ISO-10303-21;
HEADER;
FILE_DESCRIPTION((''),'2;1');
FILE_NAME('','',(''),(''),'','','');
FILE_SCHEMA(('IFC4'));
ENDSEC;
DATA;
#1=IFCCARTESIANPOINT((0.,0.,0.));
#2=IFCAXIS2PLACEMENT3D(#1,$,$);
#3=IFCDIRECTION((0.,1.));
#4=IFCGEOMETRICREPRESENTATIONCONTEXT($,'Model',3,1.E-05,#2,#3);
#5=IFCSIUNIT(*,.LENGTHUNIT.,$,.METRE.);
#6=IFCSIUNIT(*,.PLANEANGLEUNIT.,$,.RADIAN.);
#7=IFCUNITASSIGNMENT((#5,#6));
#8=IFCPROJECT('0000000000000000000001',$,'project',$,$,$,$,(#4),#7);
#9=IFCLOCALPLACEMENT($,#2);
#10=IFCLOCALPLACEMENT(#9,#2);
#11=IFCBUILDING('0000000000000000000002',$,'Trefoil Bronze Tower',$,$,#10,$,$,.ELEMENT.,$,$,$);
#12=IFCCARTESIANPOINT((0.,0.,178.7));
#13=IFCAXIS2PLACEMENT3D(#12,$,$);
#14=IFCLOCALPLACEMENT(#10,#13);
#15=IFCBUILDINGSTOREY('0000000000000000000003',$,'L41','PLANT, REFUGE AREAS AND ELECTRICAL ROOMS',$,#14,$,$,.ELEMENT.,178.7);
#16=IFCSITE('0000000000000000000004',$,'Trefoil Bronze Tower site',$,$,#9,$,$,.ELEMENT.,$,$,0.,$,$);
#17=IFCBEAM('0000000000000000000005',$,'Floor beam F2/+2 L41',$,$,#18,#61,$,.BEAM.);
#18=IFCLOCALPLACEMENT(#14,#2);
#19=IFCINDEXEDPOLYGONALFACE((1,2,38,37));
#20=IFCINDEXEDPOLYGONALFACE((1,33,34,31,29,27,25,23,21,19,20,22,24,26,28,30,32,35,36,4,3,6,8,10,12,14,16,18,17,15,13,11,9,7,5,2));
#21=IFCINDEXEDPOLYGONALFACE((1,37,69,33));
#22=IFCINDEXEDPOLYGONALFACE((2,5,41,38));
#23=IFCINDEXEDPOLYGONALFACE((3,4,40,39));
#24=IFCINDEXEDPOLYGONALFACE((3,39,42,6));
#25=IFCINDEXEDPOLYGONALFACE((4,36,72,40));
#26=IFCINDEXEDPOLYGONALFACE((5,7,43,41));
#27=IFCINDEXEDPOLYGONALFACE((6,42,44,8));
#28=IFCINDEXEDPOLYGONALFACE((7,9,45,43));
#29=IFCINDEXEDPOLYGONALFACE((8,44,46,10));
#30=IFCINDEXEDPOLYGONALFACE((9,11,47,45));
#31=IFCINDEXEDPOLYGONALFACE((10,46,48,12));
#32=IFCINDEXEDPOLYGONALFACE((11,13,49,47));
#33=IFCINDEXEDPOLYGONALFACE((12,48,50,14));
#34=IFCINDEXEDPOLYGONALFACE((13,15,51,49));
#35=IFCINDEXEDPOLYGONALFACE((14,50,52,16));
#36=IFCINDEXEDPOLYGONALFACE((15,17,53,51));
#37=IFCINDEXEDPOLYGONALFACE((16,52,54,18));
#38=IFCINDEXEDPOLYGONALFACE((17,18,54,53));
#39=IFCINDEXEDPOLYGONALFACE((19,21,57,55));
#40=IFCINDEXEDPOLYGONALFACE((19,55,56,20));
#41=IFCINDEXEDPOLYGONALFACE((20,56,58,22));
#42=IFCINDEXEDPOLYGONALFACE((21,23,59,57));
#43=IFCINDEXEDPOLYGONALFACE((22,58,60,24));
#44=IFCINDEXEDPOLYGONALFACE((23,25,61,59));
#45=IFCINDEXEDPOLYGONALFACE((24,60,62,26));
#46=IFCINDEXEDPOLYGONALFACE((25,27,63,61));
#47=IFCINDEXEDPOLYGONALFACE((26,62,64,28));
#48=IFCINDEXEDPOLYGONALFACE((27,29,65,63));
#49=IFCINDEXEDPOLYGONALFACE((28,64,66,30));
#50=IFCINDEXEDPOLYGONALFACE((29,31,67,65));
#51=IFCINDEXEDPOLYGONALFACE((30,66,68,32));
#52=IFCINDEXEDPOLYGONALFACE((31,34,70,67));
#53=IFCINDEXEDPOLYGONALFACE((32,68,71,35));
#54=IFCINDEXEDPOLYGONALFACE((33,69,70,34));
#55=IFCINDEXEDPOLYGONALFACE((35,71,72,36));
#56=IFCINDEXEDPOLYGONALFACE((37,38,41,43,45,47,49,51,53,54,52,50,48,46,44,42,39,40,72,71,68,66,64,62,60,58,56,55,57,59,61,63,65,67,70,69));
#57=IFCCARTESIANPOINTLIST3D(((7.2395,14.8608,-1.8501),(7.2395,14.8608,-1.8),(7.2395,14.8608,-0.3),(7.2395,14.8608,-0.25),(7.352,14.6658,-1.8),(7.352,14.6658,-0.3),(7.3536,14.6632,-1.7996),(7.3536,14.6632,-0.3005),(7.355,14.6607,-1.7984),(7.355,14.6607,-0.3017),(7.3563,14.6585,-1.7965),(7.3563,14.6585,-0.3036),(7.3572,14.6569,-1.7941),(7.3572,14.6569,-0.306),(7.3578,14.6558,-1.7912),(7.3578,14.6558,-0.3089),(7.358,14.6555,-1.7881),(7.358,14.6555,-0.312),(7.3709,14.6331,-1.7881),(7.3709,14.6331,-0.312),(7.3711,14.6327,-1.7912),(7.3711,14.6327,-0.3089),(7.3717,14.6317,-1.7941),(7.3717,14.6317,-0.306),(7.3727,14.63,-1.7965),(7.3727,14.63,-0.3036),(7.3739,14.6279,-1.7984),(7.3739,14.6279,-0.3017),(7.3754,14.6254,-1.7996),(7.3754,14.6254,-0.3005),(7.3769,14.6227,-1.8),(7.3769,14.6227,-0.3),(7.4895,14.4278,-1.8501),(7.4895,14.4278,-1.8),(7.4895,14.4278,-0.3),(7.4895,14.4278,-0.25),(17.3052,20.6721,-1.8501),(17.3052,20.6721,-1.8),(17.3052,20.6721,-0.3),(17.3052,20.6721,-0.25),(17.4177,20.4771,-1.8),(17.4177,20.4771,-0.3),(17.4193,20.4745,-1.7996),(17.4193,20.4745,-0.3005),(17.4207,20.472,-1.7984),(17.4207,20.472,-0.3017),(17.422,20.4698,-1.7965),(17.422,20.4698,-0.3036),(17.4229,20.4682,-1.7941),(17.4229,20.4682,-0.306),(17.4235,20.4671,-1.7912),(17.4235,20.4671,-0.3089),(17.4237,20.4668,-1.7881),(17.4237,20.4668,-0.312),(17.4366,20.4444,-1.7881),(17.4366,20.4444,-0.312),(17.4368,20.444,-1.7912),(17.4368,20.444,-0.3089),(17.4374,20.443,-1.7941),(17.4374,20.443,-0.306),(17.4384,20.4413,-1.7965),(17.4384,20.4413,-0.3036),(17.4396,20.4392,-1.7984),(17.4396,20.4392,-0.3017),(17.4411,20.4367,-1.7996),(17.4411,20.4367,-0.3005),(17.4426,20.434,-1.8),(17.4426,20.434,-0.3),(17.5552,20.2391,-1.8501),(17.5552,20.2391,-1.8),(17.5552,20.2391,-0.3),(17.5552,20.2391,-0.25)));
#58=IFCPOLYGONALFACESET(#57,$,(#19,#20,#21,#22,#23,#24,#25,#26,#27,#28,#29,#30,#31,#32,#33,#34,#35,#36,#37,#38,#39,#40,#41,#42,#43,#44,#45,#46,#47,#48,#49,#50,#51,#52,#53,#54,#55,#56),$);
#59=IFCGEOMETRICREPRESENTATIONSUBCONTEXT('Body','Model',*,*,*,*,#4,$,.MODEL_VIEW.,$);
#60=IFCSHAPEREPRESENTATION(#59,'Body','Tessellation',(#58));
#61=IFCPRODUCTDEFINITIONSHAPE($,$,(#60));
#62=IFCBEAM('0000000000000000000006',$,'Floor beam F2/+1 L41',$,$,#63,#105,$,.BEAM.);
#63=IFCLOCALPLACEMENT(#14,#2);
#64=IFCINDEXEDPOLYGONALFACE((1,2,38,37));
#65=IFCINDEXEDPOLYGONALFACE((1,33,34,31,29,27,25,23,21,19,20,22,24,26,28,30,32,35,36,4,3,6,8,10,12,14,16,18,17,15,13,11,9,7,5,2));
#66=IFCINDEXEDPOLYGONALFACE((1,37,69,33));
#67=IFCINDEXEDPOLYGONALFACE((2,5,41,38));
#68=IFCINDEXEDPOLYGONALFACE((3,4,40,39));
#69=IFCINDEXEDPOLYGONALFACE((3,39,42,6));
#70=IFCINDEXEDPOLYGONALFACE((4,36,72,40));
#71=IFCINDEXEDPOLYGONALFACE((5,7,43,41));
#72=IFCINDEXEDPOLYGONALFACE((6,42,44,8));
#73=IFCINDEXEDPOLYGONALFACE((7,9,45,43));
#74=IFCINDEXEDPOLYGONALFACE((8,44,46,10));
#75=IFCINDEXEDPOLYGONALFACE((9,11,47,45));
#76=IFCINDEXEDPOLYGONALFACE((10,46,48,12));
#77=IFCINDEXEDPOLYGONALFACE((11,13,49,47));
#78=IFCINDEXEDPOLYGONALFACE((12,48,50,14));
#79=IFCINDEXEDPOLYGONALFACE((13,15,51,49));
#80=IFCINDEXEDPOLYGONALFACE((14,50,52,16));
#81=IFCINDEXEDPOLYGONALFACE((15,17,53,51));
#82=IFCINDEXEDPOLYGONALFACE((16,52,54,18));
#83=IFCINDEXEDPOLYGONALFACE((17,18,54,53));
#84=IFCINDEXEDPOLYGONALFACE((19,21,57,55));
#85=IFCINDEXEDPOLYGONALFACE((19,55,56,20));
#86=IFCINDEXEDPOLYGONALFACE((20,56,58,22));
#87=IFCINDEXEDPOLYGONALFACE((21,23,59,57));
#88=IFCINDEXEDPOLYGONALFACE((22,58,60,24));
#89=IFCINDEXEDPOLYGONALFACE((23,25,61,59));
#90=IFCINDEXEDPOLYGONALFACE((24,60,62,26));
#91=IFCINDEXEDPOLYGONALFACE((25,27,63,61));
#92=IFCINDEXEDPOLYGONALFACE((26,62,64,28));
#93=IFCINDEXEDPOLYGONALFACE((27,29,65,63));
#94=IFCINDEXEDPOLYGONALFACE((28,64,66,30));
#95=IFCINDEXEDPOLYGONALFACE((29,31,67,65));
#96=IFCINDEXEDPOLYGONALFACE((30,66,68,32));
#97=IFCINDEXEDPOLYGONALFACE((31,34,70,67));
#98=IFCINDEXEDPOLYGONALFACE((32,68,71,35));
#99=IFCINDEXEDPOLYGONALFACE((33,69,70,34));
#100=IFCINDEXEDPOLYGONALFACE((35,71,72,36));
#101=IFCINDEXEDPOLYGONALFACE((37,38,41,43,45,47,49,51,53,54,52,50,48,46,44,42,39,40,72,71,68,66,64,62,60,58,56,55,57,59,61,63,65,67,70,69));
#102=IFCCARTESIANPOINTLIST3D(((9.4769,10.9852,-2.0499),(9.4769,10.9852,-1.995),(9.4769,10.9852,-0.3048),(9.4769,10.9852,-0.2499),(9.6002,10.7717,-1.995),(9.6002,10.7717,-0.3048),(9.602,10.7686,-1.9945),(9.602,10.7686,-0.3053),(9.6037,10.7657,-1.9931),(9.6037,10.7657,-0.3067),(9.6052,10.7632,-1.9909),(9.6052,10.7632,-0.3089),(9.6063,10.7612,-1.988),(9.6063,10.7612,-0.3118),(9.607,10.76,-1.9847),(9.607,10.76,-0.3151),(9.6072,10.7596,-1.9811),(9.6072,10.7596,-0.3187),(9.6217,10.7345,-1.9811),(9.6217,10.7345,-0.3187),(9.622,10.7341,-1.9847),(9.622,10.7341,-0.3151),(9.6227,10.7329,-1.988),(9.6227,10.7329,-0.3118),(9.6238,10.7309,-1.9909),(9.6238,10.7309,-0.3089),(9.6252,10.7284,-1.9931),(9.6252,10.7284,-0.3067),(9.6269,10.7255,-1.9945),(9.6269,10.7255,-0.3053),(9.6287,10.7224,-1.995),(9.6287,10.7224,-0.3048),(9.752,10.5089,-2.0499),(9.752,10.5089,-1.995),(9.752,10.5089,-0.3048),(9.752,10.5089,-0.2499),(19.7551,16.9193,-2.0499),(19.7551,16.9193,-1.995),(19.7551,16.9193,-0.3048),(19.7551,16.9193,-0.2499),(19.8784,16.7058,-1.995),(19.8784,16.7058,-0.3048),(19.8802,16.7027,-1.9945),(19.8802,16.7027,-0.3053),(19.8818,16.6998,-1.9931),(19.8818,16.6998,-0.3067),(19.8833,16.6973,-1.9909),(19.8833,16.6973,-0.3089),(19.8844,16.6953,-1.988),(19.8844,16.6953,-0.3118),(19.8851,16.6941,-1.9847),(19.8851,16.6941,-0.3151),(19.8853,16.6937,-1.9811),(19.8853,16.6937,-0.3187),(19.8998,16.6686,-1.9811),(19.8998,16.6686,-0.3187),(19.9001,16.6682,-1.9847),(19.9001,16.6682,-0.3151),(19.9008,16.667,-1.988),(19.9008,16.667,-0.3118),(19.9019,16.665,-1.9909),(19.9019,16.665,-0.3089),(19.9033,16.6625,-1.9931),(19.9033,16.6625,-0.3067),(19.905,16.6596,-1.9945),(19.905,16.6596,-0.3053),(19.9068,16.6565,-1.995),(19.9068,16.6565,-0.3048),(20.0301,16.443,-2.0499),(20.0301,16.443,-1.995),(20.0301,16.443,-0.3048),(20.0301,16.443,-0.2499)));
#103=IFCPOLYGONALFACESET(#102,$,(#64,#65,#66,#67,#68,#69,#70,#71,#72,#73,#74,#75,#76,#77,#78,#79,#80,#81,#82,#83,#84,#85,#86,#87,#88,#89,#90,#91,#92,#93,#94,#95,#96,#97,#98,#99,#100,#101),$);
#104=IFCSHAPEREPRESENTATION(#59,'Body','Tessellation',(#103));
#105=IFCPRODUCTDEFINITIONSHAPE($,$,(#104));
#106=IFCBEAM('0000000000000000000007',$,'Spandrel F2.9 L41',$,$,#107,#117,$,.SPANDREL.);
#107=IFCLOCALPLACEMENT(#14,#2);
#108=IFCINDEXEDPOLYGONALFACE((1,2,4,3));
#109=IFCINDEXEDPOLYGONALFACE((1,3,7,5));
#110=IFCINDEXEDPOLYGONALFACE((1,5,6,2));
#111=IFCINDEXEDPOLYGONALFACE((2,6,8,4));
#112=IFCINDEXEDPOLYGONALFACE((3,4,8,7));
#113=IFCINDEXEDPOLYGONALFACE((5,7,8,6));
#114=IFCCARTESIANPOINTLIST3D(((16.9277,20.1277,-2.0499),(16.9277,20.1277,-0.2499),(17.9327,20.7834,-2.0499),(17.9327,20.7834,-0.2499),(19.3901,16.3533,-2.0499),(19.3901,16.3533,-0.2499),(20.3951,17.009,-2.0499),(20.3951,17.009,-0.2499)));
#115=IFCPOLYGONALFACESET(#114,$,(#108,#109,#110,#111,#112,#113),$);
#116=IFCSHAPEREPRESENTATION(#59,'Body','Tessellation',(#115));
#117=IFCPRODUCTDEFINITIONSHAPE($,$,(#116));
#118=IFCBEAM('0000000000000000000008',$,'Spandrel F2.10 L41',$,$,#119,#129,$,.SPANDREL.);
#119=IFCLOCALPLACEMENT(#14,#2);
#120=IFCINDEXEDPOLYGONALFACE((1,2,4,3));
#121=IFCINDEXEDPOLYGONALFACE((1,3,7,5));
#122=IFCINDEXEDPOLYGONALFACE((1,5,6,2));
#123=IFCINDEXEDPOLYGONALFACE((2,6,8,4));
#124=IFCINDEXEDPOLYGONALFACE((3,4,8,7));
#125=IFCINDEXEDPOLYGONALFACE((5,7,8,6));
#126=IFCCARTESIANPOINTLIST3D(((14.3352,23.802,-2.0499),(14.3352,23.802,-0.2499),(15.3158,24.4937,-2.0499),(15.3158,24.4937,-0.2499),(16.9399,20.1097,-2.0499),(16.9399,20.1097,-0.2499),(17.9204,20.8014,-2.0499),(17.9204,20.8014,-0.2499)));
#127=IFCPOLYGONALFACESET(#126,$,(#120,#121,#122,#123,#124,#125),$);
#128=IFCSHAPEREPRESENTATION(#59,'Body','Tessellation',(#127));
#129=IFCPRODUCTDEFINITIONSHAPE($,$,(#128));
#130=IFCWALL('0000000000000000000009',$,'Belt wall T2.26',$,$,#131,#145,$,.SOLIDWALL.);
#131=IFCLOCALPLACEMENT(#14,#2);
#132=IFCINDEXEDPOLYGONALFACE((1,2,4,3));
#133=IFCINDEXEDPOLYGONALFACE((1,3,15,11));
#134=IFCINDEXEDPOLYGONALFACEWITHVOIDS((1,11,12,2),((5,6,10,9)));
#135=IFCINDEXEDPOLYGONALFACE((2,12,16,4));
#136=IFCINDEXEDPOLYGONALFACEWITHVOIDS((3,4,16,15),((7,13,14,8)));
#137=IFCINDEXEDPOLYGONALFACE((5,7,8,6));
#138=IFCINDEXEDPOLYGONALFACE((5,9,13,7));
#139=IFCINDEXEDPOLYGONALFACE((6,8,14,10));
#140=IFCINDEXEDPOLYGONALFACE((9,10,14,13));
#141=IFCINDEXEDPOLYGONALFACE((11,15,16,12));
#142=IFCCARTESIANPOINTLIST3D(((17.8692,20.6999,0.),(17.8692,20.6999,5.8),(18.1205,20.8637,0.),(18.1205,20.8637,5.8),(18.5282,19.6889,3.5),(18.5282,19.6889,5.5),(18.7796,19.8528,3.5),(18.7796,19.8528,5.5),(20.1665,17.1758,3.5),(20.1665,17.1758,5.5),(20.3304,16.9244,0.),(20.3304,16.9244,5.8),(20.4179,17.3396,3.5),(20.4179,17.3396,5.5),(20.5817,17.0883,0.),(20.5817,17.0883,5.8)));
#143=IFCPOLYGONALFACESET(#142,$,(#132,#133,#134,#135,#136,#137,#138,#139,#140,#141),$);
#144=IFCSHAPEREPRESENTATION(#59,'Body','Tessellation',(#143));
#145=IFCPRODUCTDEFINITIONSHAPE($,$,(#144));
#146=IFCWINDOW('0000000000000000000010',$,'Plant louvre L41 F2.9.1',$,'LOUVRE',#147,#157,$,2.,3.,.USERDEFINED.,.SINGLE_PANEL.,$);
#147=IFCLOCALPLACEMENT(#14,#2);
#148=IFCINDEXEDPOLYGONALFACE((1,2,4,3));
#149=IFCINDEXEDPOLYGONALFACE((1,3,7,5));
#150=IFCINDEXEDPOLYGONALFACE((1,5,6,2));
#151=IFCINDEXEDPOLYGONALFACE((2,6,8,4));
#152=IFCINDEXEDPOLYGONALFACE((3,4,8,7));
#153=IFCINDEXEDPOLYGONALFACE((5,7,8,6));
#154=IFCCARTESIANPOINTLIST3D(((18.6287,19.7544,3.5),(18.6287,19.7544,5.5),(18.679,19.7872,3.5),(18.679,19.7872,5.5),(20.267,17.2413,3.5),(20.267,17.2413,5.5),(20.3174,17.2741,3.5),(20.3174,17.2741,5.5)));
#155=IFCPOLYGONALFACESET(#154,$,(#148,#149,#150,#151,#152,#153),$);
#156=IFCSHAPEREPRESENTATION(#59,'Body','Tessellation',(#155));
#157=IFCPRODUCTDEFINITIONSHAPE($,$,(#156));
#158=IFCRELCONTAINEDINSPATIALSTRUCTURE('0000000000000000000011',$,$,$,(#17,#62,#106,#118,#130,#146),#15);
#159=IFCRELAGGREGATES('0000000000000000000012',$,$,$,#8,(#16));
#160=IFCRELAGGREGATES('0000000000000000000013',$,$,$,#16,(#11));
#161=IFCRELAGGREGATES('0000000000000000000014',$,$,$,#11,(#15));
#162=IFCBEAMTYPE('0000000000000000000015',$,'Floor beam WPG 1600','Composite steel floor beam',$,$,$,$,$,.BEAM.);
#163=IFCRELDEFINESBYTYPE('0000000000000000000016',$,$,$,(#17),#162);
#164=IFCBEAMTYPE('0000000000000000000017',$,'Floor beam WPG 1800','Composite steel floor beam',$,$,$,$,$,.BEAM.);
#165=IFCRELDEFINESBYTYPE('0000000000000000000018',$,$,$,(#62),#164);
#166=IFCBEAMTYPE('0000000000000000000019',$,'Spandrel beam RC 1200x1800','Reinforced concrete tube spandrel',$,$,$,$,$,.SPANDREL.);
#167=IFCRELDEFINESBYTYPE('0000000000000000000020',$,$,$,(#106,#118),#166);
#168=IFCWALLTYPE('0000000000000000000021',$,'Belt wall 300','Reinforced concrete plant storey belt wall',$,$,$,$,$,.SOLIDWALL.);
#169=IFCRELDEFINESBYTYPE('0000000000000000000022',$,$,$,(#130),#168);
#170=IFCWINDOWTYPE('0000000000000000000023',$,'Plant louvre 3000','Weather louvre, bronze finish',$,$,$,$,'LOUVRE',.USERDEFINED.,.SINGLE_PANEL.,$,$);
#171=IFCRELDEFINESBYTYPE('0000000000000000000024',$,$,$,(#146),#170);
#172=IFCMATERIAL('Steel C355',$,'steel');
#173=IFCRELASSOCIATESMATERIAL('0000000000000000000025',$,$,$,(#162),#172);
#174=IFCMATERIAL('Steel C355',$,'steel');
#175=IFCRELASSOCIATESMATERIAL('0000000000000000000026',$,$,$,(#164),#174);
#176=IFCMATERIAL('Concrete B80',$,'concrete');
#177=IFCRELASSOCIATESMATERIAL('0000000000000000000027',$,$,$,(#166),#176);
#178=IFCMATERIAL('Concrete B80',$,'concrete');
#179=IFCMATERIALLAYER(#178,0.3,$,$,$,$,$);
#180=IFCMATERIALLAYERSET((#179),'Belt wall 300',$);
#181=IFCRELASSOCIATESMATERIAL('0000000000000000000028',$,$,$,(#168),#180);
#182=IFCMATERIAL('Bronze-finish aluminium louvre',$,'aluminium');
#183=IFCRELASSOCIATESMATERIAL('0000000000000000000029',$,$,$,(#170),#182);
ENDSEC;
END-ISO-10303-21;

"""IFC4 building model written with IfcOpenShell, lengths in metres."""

from ifc_helpers import new_model, si_unit, direction, frame, frame_2d, origin, origin_2d, place, context, subcontext, project, spatial, rectangle, i_section, extrude, material, layer, layer_set, material_profile, profile_set, type_object, element, fill, save


model = new_model("IFC4")

# Units and contexts
model_context = context("Model", 3, precision=1e-05, world=origin(), true_north=direction((0.0, 1.0)))
body_context = subcontext(model_context, "Body", "Model", "MODEL_VIEW")
ifc_project = project(units=[si_unit("LENGTHUNIT", "METRE"), si_unit("PLANEANGLEUNIT", "RADIAN")], contexts=[model_context])

# Site, building, storey
site_placement = place(None, origin())
site = spatial("IfcSite", under=ifc_project, at=site_placement, Name="Trefoil Bronze Tower site", CompositionType="ELEMENT", RefElevation=0.0)
building_placement = place(site_placement, origin())
building = spatial("IfcBuilding", under=site, at=building_placement, Name="Trefoil Bronze Tower", CompositionType="ELEMENT")
storey_placement = place(building_placement, frame((0.0, 0.0, 178.7)))
storey = spatial("IfcBuildingStorey", under=building, at=storey_placement, Name="L41", Description="PLANT, REFUGE AREAS AND ELECTRICAL ROOMS", CompositionType="ELEMENT", Elevation=178.7)

# Beams
ifc_material_1 = material(Name="Steel C355", Category="steel")
ifc_material_profile_1 = material_profile(ifc_material_1, i_section(OverallWidth=0.5, OverallDepth=1.6001, WebThickness=0.0259, FlangeThickness=0.05, FilletRadius=0.012, at=origin_2d()), Name="WPG 1600")
ifc_profile_set_1 = profile_set([ifc_material_profile_1], Name="Steel C355")
beam_type_1 = type_object("IfcBeamType", Name="Floor beam WPG 1600", Description="Composite steel floor beam", PredefinedType="BEAM", material=ifc_profile_set_1)
beam_1_placement = place(storey_placement, frame((17.4302, 20.4556, -1.05), z_axis=(-0.866031, -0.499991, 0.0), x_axis=(0.499991, -0.866031, 0.0)))
element("IfcBeam", 1, at=beam_1_placement, inside=storey, type_object=beam_type_1, Name="Floor beam F2/+2 L41", PredefinedType="BEAM", context=body_context, shape_type="SweptSolid", body=[
    extrude(i_section(OverallWidth=0.5, OverallDepth=1.6001, WebThickness=0.0259, FlangeThickness=0.05, FilletRadius=0.012, at=origin_2d()), origin(), (0.0, 0.0, 1.0), 11.6228),
])
ifc_material_2 = material(Name="Steel C355", Category="steel")
ifc_material_profile_2 = material_profile(ifc_material_2, i_section(OverallWidth=0.55, OverallDepth=1.8, WebThickness=0.0291, FlangeThickness=0.0549, FilletRadius=0.0139, at=origin_2d()), Name="WPG 1800")
ifc_profile_set_2 = profile_set([ifc_material_profile_2], Name="Steel C355")
beam_type_2 = type_object("IfcBeamType", Name="Floor beam WPG 1800", Description="Composite steel floor beam", PredefinedType="BEAM", material=ifc_profile_set_2)
beam_2_placement = place(storey_placement, frame((19.8926, 16.6812, -1.1499), z_axis=(-0.866024, -0.500002, 0.0), x_axis=(0.500002, -0.866024, 0.0)))
element("IfcBeam", 2, at=beam_2_placement, inside=storey, type_object=beam_type_2, Name="Floor beam F2/+1 L41", PredefinedType="BEAM", context=body_context, shape_type="SweptSolid", body=[
    extrude(i_section(OverallWidth=0.55, OverallDepth=1.8, WebThickness=0.0291, FlangeThickness=0.0549, FilletRadius=0.0139, at=origin_2d()), origin(), (0.0, 0.0, 1.0), 11.8682),
])
ifc_material_3 = material(Name="Concrete B80", Category="concrete")
ifc_material_profile_3 = material_profile(ifc_material_3, rectangle(XDim=1.2, YDim=1.8, at=origin_2d()), Name="RC 1200x1800")
ifc_profile_set_3 = profile_set([ifc_material_profile_3], Name="Concrete B80")
beam_type_3 = type_object("IfcBeamType", Name="Spandrel beam RC 1200x1800", Description="Reinforced concrete tube spandrel", PredefinedType="SPANDREL", material=ifc_profile_set_3)
beam_3_placement = place(storey_placement, frame((19.8926, 16.6812, -1.1499), z_axis=(-0.546397, 0.837527, 0.0), x_axis=(-0.837527, -0.546397, 0.0)))
element("IfcBeam", 3, at=beam_3_placement, inside=storey, type_object=beam_type_3, Name="Spandrel F2.9 L41", PredefinedType="SPANDREL", context=body_context, shape_type="SweptSolid", body=[
    extrude(rectangle(XDim=1.2, YDim=1.8, at=origin_2d()), origin(), (0.0, 0.0, 1.0), 4.5066),
])
beam_4_placement = place(storey_placement, frame((17.4302, 20.4556, -1.1499), z_axis=(-0.576439, 0.81714, 0.0), x_axis=(-0.81714, -0.576439, 0.0)))
element("IfcBeam", 4, at=beam_4_placement, inside=storey, type_object=beam_type_3, Name="Spandrel F2.10 L41", PredefinedType="SPANDREL", context=body_context, shape_type="SweptSolid", body=[
    extrude(rectangle(XDim=1.2, YDim=1.8, at=origin_2d()), origin(), (0.0, 0.0, 1.0), 4.5186),
])

# Wall, opening, window
ifc_material_4 = material(Name="Concrete B80", Category="concrete")
ifc_layer_1 = layer(ifc_material_4, 0.3)
ifc_layer_set_1 = layer_set([ifc_layer_1], Name="Belt wall 300")
wall_type = type_object("IfcWallType", Name="Belt wall 300", Description="Reinforced concrete plant storey belt wall", PredefinedType="SOLIDWALL", material=ifc_layer_set_1)
wall_1_placement = place(storey_placement, frame((20.4561, 17.0063, 0.0), z_axis=(0.0, 0.0, 1.0), x_axis=(-0.546107, 0.837715, 0.0)))
wall_1 = element("IfcWall", 5, at=wall_1_placement, inside=storey, type_object=wall_type, Name="Belt wall T2.26", PredefinedType="SOLIDWALL", context=body_context, shape_type="SweptSolid", body=[
    extrude(rectangle(XDim=4.5068, YDim=0.3, at=frame_2d((2.2534, 0.0))), origin(), (0.0, 0.0, 1.0), 5.8),
])
opening_1_placement = place(wall_1_placement, frame((0.3, 0.0, 3.5)))
opening_1 = element("IfcOpeningElement", 6, at=opening_1_placement, cuts=wall_1, PredefinedType="OPENING", context=body_context, shape_type="SweptSolid", body=[
    extrude(rectangle(XDim=3.0, YDim=2.0, at=frame_2d((1.5, 1.0))), frame((0.0, 0.1599, 0.0), z_axis=(0.0, -1.0, 0.0), x_axis=(1.0, 0.0, 0.0)), (0.0, 0.0, 1.0), 0.3201),
])
ifc_material_5 = material(Name="Bronze-finish aluminium louvre", Category="aluminium")
window_type = type_object("IfcWindowType", Name="Plant louvre 3000", Description="Weather louvre, bronze finish", ElementType="LOUVRE", PartitioningType="SINGLE_PANEL", PredefinedType="USERDEFINED", material=ifc_material_5)
window_1_placement = place(opening_1_placement, origin())
window_1 = element("IfcWindow", 7, at=window_1_placement, inside=storey, type_object=window_type, Name="Plant louvre L41 F2.9.1", ObjectType="LOUVRE", OverallHeight=2.0, OverallWidth=3.0, PartitioningType="SINGLE_PANEL", PredefinedType="USERDEFINED", context=body_context, shape_type="SweptSolid", body=[
    extrude(rectangle(XDim=3.0, YDim=2.0, at=frame_2d((1.5, 1.0))), frame((0.0, 0.03, 0.0), z_axis=(0.0, -1.0, 0.0), x_axis=(1.0, 0.0, 0.0)), (0.0, 0.0, 1.0), 0.0601),
])
fill(opening_1, window_1)

save(model, "model.ifc")
